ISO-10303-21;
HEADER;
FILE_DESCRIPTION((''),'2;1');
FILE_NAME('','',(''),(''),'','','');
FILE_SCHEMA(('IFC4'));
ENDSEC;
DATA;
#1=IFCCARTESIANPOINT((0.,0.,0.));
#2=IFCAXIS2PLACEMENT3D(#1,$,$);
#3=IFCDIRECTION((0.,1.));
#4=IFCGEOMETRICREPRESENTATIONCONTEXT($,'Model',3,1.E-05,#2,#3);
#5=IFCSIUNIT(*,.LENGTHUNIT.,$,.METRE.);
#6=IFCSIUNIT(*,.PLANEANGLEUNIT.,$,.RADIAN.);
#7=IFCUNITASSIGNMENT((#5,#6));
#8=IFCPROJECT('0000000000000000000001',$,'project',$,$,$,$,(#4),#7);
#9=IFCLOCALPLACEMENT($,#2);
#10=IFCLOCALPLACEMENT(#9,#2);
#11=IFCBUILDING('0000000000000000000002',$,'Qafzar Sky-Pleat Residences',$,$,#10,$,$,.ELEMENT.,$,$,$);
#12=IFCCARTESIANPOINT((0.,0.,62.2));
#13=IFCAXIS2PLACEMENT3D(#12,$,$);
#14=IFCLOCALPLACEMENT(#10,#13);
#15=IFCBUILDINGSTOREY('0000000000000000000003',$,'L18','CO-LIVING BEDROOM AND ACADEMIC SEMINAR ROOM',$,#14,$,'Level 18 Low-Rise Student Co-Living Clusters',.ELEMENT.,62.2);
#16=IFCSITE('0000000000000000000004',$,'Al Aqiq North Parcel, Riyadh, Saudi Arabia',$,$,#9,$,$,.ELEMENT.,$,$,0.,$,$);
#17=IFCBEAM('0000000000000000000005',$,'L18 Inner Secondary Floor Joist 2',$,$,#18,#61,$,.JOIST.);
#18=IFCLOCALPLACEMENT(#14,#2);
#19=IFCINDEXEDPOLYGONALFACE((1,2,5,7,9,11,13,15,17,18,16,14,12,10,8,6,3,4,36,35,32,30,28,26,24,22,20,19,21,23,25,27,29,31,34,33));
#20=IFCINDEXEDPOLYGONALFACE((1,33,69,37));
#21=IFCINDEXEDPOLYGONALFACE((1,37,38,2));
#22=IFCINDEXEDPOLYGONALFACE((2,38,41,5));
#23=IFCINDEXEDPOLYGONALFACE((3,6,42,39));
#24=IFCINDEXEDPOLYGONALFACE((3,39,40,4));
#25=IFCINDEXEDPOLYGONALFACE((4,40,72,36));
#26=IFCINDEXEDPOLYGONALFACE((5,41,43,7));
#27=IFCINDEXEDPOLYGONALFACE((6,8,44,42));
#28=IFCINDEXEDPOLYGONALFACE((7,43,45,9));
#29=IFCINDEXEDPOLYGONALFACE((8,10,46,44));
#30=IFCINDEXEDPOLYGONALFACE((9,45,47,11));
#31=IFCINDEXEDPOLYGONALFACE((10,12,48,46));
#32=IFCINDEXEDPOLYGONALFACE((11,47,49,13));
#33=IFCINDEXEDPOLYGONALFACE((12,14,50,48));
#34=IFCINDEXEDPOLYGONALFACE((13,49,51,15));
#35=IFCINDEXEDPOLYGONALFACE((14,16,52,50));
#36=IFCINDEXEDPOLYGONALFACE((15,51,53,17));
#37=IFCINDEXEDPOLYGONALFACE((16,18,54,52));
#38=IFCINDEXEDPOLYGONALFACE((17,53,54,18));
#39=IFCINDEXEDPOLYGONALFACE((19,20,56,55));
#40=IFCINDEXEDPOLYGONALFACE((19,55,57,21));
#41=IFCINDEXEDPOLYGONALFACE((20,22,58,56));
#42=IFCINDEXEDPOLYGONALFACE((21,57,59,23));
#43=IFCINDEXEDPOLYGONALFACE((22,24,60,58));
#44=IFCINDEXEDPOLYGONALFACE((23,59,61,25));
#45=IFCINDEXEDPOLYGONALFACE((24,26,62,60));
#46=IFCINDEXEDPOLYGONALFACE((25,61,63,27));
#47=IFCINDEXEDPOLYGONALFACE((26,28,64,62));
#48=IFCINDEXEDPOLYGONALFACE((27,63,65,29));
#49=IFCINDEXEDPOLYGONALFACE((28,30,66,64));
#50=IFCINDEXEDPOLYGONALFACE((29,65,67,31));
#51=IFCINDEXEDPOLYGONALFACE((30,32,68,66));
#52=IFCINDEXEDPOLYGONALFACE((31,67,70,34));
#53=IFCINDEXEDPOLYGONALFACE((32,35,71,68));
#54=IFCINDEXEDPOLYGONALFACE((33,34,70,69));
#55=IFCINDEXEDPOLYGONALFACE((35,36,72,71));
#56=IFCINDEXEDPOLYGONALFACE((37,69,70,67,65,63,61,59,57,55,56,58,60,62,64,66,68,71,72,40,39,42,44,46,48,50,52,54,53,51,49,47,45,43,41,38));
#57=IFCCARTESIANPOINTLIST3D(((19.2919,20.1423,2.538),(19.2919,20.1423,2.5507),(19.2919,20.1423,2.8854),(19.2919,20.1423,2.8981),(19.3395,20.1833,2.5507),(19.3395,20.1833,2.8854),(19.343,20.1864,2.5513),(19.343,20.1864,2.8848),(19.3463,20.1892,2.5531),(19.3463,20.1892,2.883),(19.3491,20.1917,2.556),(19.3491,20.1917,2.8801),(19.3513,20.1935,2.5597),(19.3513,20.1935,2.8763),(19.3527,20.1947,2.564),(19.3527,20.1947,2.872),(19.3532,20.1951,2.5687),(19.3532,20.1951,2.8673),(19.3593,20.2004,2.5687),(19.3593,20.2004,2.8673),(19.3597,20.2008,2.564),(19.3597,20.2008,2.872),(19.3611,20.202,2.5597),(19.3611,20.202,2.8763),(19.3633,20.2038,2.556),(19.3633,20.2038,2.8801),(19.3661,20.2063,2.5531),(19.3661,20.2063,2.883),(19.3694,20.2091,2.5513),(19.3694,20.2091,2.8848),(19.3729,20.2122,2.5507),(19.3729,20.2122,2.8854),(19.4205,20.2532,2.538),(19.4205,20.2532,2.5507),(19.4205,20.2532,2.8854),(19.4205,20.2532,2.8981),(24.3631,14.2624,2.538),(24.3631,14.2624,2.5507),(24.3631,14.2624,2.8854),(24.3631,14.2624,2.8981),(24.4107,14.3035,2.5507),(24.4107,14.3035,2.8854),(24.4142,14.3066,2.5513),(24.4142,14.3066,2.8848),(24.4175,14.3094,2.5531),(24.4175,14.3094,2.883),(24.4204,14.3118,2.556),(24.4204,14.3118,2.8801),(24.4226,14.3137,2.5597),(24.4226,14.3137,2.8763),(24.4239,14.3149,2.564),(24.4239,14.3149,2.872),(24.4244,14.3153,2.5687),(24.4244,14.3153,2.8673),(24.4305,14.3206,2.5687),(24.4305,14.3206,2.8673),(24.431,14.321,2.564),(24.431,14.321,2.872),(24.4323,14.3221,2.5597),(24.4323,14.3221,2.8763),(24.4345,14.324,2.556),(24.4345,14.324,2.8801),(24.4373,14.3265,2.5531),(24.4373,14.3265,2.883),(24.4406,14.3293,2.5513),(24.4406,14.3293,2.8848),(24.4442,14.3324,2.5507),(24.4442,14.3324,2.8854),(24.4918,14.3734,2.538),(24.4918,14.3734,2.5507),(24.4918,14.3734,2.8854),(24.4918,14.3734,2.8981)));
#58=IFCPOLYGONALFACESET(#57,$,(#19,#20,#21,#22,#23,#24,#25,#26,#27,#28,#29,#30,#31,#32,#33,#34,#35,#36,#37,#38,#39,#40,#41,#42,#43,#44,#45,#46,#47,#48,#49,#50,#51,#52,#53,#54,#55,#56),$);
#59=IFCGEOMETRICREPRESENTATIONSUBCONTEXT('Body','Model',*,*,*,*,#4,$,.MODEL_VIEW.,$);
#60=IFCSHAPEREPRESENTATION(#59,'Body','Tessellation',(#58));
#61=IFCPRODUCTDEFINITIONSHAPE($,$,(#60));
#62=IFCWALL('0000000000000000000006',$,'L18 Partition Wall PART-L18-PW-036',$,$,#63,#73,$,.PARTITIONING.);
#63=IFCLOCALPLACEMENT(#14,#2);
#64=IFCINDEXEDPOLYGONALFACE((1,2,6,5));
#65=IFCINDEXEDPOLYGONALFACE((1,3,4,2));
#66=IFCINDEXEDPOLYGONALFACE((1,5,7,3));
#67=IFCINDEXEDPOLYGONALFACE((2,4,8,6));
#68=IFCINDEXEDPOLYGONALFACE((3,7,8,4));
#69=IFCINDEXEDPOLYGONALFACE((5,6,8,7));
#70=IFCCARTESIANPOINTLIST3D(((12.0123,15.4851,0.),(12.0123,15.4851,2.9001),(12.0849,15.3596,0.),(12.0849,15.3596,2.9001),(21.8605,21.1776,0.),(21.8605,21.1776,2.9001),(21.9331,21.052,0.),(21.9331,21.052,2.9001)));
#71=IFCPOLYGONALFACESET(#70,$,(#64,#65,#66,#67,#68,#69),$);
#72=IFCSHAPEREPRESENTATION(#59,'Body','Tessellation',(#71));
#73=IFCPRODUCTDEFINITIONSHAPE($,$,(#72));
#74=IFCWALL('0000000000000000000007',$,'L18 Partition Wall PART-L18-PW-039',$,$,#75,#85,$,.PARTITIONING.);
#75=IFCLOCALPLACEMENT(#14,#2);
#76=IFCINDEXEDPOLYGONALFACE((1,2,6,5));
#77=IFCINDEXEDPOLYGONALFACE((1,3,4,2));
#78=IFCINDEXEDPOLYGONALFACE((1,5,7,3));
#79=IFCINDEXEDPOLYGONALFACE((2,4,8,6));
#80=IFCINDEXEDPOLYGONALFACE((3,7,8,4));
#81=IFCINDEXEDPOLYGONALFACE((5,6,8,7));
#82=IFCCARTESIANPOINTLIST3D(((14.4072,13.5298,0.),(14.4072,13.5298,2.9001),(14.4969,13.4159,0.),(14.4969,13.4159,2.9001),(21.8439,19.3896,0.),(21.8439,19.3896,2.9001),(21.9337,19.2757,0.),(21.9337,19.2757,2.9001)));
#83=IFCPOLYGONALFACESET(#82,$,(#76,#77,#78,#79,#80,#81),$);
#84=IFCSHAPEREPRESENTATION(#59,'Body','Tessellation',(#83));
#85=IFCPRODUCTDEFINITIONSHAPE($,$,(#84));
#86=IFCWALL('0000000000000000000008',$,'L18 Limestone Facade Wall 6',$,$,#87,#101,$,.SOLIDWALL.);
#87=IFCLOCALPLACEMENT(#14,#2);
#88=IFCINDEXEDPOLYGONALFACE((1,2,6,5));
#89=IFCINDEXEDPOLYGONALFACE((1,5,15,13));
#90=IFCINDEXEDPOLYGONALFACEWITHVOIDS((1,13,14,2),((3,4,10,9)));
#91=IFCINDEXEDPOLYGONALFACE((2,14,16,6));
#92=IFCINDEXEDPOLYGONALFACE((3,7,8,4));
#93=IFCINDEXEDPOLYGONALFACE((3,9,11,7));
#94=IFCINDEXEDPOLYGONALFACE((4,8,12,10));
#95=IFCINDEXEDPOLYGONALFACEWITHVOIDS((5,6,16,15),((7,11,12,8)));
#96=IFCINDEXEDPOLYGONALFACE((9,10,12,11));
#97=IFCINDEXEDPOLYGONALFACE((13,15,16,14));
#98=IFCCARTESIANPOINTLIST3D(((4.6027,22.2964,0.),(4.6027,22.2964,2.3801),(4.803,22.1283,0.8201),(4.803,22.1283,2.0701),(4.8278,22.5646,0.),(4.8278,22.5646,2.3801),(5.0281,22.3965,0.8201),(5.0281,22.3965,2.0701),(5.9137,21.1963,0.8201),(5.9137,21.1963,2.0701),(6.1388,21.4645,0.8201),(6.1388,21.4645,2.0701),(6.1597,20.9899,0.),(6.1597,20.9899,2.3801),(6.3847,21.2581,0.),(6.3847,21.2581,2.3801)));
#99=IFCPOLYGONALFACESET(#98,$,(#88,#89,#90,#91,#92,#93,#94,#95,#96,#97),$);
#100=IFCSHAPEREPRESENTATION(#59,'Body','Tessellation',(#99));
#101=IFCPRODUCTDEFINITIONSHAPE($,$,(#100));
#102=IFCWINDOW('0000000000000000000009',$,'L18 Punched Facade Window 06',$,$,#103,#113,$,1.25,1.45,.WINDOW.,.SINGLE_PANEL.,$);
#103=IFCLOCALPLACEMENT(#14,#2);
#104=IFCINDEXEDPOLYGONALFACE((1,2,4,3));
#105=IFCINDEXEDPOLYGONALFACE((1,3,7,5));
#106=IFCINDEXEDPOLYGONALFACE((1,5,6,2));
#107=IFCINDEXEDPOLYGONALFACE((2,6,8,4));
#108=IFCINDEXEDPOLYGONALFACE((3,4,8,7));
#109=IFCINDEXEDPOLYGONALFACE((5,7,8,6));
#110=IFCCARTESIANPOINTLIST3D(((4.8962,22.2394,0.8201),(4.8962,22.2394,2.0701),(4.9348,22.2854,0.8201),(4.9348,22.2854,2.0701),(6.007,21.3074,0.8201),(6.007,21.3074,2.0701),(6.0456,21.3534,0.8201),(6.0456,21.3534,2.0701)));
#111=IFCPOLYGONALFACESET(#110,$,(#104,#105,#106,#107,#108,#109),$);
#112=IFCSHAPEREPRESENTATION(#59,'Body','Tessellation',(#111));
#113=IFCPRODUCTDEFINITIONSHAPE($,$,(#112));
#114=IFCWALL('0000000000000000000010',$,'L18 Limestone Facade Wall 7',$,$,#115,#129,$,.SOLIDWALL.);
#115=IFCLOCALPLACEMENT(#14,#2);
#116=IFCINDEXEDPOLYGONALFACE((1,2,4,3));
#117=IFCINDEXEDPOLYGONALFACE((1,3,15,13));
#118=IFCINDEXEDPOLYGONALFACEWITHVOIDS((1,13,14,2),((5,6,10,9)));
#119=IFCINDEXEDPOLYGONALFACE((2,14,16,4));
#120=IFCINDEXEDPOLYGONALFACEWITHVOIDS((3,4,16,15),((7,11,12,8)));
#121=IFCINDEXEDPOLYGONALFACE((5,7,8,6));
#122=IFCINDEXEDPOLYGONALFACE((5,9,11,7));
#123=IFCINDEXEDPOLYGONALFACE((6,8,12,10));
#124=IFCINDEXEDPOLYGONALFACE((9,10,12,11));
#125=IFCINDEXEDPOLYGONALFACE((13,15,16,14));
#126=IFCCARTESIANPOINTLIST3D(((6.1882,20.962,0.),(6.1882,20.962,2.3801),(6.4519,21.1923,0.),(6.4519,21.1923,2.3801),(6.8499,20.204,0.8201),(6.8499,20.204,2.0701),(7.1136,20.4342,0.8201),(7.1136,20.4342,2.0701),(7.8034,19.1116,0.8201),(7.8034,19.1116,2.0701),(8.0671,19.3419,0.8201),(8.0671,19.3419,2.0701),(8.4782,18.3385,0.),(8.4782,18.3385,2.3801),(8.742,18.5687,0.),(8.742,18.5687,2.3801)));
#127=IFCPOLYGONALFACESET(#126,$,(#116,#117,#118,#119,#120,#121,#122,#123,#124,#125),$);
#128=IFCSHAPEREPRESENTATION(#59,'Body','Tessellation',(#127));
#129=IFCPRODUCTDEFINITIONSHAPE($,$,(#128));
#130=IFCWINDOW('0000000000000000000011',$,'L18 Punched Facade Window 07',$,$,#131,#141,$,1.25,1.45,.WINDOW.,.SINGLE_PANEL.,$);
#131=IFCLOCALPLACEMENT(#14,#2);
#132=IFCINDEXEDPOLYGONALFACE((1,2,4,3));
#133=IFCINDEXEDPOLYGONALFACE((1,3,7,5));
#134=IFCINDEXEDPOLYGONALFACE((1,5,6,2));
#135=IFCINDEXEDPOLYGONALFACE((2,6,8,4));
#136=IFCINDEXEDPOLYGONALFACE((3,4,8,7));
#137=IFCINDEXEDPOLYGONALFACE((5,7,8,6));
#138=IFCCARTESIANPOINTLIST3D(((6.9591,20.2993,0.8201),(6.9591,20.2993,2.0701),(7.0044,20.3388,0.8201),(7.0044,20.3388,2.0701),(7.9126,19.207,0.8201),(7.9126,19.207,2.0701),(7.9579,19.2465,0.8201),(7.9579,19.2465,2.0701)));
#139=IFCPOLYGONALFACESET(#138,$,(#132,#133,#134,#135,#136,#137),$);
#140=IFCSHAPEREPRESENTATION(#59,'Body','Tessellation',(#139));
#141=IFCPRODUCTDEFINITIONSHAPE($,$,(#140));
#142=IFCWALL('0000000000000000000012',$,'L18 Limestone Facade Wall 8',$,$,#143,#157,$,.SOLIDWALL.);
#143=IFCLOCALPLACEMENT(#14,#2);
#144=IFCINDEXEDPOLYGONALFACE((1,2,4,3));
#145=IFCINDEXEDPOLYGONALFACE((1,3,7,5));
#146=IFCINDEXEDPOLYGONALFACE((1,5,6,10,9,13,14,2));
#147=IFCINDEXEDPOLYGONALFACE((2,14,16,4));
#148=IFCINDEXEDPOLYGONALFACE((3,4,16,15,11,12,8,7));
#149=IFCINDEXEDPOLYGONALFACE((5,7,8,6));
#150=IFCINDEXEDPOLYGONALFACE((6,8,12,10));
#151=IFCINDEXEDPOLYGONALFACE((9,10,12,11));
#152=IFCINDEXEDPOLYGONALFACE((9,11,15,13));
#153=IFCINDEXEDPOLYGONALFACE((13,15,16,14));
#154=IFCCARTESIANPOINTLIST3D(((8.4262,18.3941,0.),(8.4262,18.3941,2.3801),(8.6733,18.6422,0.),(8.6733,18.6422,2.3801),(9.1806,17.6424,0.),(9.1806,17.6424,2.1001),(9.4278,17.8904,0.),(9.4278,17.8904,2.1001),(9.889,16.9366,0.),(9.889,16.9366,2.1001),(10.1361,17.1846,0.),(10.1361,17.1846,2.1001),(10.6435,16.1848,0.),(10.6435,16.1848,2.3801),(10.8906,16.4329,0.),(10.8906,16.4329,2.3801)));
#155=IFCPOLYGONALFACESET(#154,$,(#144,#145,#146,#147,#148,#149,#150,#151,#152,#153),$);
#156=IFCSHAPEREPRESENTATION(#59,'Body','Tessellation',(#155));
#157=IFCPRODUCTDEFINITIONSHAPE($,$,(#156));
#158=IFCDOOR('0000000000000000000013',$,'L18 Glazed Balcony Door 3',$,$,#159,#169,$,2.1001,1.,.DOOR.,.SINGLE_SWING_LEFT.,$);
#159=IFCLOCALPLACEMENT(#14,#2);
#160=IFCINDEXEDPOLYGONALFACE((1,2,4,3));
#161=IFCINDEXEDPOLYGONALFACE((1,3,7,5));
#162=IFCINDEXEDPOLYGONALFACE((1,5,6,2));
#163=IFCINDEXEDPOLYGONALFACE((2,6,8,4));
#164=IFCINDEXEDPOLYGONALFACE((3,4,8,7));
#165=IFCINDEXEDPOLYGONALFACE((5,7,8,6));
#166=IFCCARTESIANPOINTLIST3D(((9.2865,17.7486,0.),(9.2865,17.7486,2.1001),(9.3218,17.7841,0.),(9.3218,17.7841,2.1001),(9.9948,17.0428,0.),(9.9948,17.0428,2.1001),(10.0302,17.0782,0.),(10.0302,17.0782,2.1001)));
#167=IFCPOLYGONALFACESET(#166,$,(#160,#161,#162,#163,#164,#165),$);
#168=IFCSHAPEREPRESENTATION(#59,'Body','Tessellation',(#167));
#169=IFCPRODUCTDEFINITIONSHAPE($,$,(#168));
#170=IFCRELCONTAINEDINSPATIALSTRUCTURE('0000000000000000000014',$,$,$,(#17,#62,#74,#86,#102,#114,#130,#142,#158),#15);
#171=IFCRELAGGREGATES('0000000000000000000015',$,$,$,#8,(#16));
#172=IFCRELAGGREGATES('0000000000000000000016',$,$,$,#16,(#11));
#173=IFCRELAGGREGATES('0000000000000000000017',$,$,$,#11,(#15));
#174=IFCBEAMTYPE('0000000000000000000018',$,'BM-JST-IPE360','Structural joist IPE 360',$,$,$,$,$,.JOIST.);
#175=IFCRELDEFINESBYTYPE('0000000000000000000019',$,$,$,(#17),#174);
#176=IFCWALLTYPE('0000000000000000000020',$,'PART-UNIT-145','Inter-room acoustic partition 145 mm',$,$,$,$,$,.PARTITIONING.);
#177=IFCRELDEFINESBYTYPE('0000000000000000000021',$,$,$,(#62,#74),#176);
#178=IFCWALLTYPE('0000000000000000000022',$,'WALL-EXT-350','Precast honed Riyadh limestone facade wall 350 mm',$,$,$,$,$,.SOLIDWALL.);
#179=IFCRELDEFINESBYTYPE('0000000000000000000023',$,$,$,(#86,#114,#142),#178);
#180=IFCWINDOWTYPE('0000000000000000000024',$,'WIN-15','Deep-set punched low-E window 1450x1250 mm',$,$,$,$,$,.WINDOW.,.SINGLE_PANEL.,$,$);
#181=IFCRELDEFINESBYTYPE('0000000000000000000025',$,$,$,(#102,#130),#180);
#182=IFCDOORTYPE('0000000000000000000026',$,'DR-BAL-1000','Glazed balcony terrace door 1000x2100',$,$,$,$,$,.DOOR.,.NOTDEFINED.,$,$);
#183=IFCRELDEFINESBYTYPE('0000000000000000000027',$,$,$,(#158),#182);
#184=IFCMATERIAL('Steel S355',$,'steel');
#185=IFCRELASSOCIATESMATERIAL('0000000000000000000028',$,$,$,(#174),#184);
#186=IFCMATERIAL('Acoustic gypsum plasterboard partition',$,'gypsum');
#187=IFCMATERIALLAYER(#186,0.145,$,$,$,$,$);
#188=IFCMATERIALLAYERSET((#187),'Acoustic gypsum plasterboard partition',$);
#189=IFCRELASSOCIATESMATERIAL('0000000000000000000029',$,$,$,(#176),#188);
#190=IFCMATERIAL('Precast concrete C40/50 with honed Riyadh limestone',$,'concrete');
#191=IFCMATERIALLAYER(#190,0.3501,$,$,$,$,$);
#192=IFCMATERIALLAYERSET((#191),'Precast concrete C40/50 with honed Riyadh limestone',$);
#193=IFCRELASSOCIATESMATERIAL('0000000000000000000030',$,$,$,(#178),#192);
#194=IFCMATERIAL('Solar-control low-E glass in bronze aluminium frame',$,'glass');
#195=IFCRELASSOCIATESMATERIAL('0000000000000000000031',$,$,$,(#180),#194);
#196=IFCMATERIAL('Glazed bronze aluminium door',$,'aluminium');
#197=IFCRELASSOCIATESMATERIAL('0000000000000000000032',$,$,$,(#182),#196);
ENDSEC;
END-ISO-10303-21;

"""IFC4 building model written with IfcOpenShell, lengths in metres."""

from ifc_helpers import new_model, si_unit, direction, frame, frame_2d, origin, origin_2d, place, context, subcontext, project, spatial, rectangle, i_section, extrude, source, transform, mapped, material, layer, layer_set, material_profile, profile_set, type_object, element, fill, save


model = new_model("IFC4")

# Units and contexts
model_context = context("Model", 3, precision=1e-05, world=origin(), true_north=direction((0.0, 1.0)))
body_context = subcontext(model_context, "Body", "Model", "MODEL_VIEW")
ifc_project = project(units=[si_unit("LENGTHUNIT", "METRE"), si_unit("PLANEANGLEUNIT", "RADIAN")], contexts=[model_context])

# Site, building, storey
site_placement = place(None, origin())
site = spatial("IfcSite", under=ifc_project, at=site_placement, Name="Al Aqiq North Parcel, Riyadh, Saudi Arabia", CompositionType="ELEMENT", RefElevation=0.0)
building_placement = place(site_placement, origin())
building = spatial("IfcBuilding", under=site, at=building_placement, Name="Qafzar Sky-Pleat Residences", CompositionType="ELEMENT")
storey_placement = place(building_placement, frame((0.0, 0.0, 62.2)))
storey = spatial("IfcBuildingStorey", under=building, at=storey_placement, Name="L18", Description="CO-LIVING BEDROOM AND ACADEMIC SEMINAR ROOM", LongName="Level 18 Low-Rise Student Co-Living Clusters", CompositionType="ELEMENT", Elevation=62.2)

# Beam
ifc_material_1 = material(Name="Steel S355", Category="steel")
ifc_material_profile_1 = material_profile(ifc_material_1, i_section(OverallWidth=0.1699, OverallDepth=0.3601, WebThickness=0.0081, FlangeThickness=0.0127, FilletRadius=0.0181, at=origin_2d()), Name="IPE 360")
ifc_profile_set_1 = profile_set([ifc_material_profile_1], Name="Steel S355")
beam_type_1 = type_object("IfcBeamType", Name="BM-JST-IPE360", Description="Structural joist IPE 360", PredefinedType="JOIST", material=ifc_profile_set_1)
shared_shape_1 = source(origin(), body_context, "Body", "SweptSolid", [
    extrude(i_section(OverallWidth=0.1699, OverallDepth=0.3601, WebThickness=0.0081, FlangeThickness=0.0127, FilletRadius=0.0181, at=origin_2d()), origin(), (0.0, 0.0, 1.0), 7.7646),
])
beam_1_placement = place(storey_placement, frame((19.3562, 20.1978, 2.718), z_axis=(0.653119, -0.757256, 0.0), x_axis=(0.757256, 0.653119, 0.0)))
element("IfcBeam", 1, at=beam_1_placement, inside=storey, type_object=beam_type_1, Name="L18 Inner Secondary Floor Joist 2", PredefinedType="JOIST", context=body_context, shape_type="MappedRepresentation", body=[
    mapped(shared_shape_1, transform((0.0, 0.0, 0.0), x_axis=(1.0, 0.0, 0.0), y_axis=(0.0, 1.0, 0.0), z_axis=(0.0, 0.0, 1.0), scale=1.0)),
])

# Walls
ifc_material_2 = material(Name="Acoustic gypsum plasterboard partition", Category="gypsum")
ifc_layer_1 = layer(ifc_material_2, 0.145)
ifc_layer_set_1 = layer_set([ifc_layer_1], Name="Acoustic gypsum plasterboard partition")
wall_type_1 = type_object("IfcWallType", Name="PART-UNIT-145", Description="Inter-room acoustic partition 145 mm", PredefinedType="PARTITIONING", material=ifc_layer_set_1)
wall_1_placement = place(storey_placement, frame((12.0486, 15.4224, 0.0), z_axis=(0.0, 0.0, 1.0), x_axis=(0.865776, 0.500432, 0.0)))
element("IfcWall", 2, at=wall_1_placement, inside=storey, type_object=wall_type_1, Name="L18 Partition Wall PART-L18-PW-036", PredefinedType="PARTITIONING", context=body_context, shape_type="SweptSolid", body=[
    extrude(rectangle(XDim=11.375, YDim=0.145, at=frame_2d((5.6875, 0.0))), origin(), (0.0, 0.0, 1.0), 2.9001),
])
wall_2_placement = place(storey_placement, frame((14.4521, 13.4729, 0.0), z_axis=(0.0, 0.0, 1.0), x_axis=(0.785461, 0.618911, 0.0)))
element("IfcWall", 3, at=wall_2_placement, inside=storey, type_object=wall_type_1, Name="L18 Partition Wall PART-L18-PW-039", PredefinedType="PARTITIONING", context=body_context, shape_type="SweptSolid", body=[
    extrude(rectangle(XDim=9.468, YDim=0.145, at=frame_2d((4.7339, 0.0))), origin(), (0.0, 0.0, 1.0), 2.9001),
])

# Walls, openings, windows
ifc_material_3 = material(Name="Precast concrete C40/50 with honed Riyadh limestone", Category="concrete")
ifc_layer_2 = layer(ifc_material_3, 0.3501)
ifc_layer_set_2 = layer_set([ifc_layer_2], Name="Precast concrete C40/50 with honed Riyadh limestone")
wall_type_2 = type_object("IfcWallType", Name="WALL-EXT-350", Description="Precast honed Riyadh limestone facade wall 350 mm", PredefinedType="SOLIDWALL", material=ifc_layer_set_2)
wall_3_placement = place(storey_placement, frame((4.7153, 22.4304, 0.0), z_axis=(0.0, 0.0, 1.0), x_axis=(0.766041, -0.642792, 0.0)))
wall_3 = element("IfcWall", 4, at=wall_3_placement, inside=storey, type_object=wall_type_2, Name="L18 Limestone Facade Wall 6", PredefinedType="SOLIDWALL", context=body_context, shape_type="SweptSolid", body=[
    extrude(rectangle(XDim=2.0325, YDim=0.3501, at=frame_2d((1.0161, 0.0))), origin(), (0.0, 0.0, 1.0), 2.3801),
])
opening_1_placement = place(wall_3_placement, frame((0.2612, 0.0, 0.8201)))
opening_1 = element("IfcOpeningElement", 5, at=opening_1_placement, cuts=wall_3, PredefinedType="OPENING", context=body_context, shape_type="SweptSolid", body=[
    extrude(rectangle(XDim=1.45, YDim=1.25, at=frame_2d((0.7251, 0.625))), frame((0.0, 0.1851, 0.0), z_axis=(0.0, -1.0, 0.0), x_axis=(1.0, 0.0, 0.0)), (0.0, 0.0, 1.0), 0.3701),
])
ifc_material_4 = material(Name="Solar-control low-E glass in bronze aluminium frame", Category="glass")
window_type_1 = type_object("IfcWindowType", Name="WIN-15", Description="Deep-set punched low-E window 1450x1250 mm", PartitioningType="SINGLE_PANEL", PredefinedType="WINDOW", material=ifc_material_4)
shared_shape_2 = source(origin(), body_context, "Body", "SweptSolid", [
    extrude(rectangle(XDim=1.45, YDim=1.25, at=frame_2d((0.7251, 0.625))), frame((0.0, 0.03, 0.0), z_axis=(0.0, -1.0, 0.0), x_axis=(1.0, 0.0, 0.0)), (0.0, 0.0, 1.0), 0.0601),
])
window_1_placement = place(opening_1_placement, origin())
window_1 = element("IfcWindow", 6, at=window_1_placement, inside=storey, type_object=window_type_1, Name="L18 Punched Facade Window 06", OverallHeight=1.25, OverallWidth=1.45, PartitioningType="SINGLE_PANEL", PredefinedType="WINDOW", context=body_context, shape_type="MappedRepresentation", body=[
    mapped(shared_shape_2, transform((0.0, 0.0, 0.0), x_axis=(1.0, 0.0, 0.0), y_axis=(0.0, 1.0, 0.0), z_axis=(0.0, 0.0, 1.0), scale=1.0)),
])
fill(opening_1, window_1)
wall_4_placement = place(storey_placement, frame((6.3201, 21.0771, 0.0), z_axis=(0.0, 0.0, 1.0), x_axis=(0.657601, -0.753367, 0.0)))
wall_4 = element("IfcWall", 7, at=wall_4_placement, inside=storey, type_object=wall_type_2, Name="L18 Limestone Facade Wall 7", PredefinedType="SOLIDWALL", context=body_context, shape_type="SweptSolid", body=[
    extrude(rectangle(XDim=3.4824, YDim=0.3501, at=frame_2d((1.7412, 0.0))), origin(), (0.0, 0.0, 1.0), 2.3801),
])
opening_2_placement = place(wall_4_placement, frame((1.0061, 0.0, 0.8201)))
opening_2 = element("IfcOpeningElement", 8, at=opening_2_placement, cuts=wall_4, PredefinedType="OPENING", context=body_context, shape_type="SweptSolid", body=[
    extrude(rectangle(XDim=1.45, YDim=1.25, at=frame_2d((0.7251, 0.625))), frame((0.0, 0.1851, 0.0), z_axis=(0.0, -1.0, 0.0), x_axis=(1.0, 0.0, 0.0)), (0.0, 0.0, 1.0), 0.3701),
])
window_2_placement = place(opening_2_placement, origin())
window_2 = element("IfcWindow", 9, at=window_2_placement, inside=storey, type_object=window_type_1, Name="L18 Punched Facade Window 07", OverallHeight=1.25, OverallWidth=1.45, PartitioningType="SINGLE_PANEL", PredefinedType="WINDOW", context=body_context, shape_type="MappedRepresentation", body=[
    mapped(shared_shape_2, transform((0.0, 0.0, 0.0), x_axis=(1.0, 0.0, 0.0), y_axis=(0.0, 1.0, 0.0), z_axis=(0.0, 0.0, 1.0), scale=1.0)),
])
fill(opening_2, window_2)

# Wall, opening, door
wall_5_placement = place(storey_placement, frame((8.5498, 18.5181, 0.0), z_axis=(0.0, 0.0, 1.0), x_axis=(0.708393, -0.705819, 0.0)))
wall_5 = element("IfcWall", 10, at=wall_5_placement, inside=storey, type_object=wall_type_2, Name="L18 Limestone Facade Wall 8", PredefinedType="SOLIDWALL", context=body_context, shape_type="SweptSolid", body=[
    extrude(rectangle(XDim=3.1301, YDim=0.3501, at=frame_2d((1.5649, 0.0))), origin(), (0.0, 0.0, 1.0), 2.3801),
])
opening_3_placement = place(wall_5_placement, frame((1.0649, 0.0, 0.0)))
opening_3 = element("IfcOpeningElement", 11, at=opening_3_placement, cuts=wall_5, PredefinedType="OPENING", context=body_context, shape_type="SweptSolid", body=[
    extrude(rectangle(XDim=1.0, YDim=2.1001, at=frame_2d((0.5, 1.05))), frame((0.0, 0.1851, 0.0), z_axis=(0.0, -1.0, 0.0), x_axis=(1.0, 0.0, 0.0)), (0.0, 0.0, 1.0), 0.3701),
])
ifc_material_5 = material(Name="Glazed bronze aluminium door", Category="aluminium")
door_type = type_object("IfcDoorType", Name="DR-BAL-1000", Description="Glazed balcony terrace door 1000x2100", OperationType="NOTDEFINED", PredefinedType="DOOR", material=ifc_material_5)
shared_shape_3 = source(origin(), body_context, "Body", "SweptSolid", [
    extrude(rectangle(XDim=1.0, YDim=2.1001, at=frame_2d((0.5, 1.05))), frame((0.0, 0.0249, 0.0), z_axis=(0.0, -1.0, 0.0), x_axis=(1.0, 0.0, 0.0)), (0.0, 0.0, 1.0), 0.05),
])
door_placement = place(opening_3_placement, origin())
door = element("IfcDoor", 12, at=door_placement, inside=storey, type_object=door_type, Name="L18 Glazed Balcony Door 3", OperationType="SINGLE_SWING_LEFT", OverallHeight=2.1001, OverallWidth=1.0, PredefinedType="DOOR", context=body_context, shape_type="MappedRepresentation", body=[
    mapped(shared_shape_3, transform((0.0, 0.0, 0.0), x_axis=(1.0, 0.0, 0.0), y_axis=(0.0, 1.0, 0.0), z_axis=(0.0, 0.0, 1.0), scale=1.0)),
])
fill(opening_3, door)

save(model, "model.ifc")
